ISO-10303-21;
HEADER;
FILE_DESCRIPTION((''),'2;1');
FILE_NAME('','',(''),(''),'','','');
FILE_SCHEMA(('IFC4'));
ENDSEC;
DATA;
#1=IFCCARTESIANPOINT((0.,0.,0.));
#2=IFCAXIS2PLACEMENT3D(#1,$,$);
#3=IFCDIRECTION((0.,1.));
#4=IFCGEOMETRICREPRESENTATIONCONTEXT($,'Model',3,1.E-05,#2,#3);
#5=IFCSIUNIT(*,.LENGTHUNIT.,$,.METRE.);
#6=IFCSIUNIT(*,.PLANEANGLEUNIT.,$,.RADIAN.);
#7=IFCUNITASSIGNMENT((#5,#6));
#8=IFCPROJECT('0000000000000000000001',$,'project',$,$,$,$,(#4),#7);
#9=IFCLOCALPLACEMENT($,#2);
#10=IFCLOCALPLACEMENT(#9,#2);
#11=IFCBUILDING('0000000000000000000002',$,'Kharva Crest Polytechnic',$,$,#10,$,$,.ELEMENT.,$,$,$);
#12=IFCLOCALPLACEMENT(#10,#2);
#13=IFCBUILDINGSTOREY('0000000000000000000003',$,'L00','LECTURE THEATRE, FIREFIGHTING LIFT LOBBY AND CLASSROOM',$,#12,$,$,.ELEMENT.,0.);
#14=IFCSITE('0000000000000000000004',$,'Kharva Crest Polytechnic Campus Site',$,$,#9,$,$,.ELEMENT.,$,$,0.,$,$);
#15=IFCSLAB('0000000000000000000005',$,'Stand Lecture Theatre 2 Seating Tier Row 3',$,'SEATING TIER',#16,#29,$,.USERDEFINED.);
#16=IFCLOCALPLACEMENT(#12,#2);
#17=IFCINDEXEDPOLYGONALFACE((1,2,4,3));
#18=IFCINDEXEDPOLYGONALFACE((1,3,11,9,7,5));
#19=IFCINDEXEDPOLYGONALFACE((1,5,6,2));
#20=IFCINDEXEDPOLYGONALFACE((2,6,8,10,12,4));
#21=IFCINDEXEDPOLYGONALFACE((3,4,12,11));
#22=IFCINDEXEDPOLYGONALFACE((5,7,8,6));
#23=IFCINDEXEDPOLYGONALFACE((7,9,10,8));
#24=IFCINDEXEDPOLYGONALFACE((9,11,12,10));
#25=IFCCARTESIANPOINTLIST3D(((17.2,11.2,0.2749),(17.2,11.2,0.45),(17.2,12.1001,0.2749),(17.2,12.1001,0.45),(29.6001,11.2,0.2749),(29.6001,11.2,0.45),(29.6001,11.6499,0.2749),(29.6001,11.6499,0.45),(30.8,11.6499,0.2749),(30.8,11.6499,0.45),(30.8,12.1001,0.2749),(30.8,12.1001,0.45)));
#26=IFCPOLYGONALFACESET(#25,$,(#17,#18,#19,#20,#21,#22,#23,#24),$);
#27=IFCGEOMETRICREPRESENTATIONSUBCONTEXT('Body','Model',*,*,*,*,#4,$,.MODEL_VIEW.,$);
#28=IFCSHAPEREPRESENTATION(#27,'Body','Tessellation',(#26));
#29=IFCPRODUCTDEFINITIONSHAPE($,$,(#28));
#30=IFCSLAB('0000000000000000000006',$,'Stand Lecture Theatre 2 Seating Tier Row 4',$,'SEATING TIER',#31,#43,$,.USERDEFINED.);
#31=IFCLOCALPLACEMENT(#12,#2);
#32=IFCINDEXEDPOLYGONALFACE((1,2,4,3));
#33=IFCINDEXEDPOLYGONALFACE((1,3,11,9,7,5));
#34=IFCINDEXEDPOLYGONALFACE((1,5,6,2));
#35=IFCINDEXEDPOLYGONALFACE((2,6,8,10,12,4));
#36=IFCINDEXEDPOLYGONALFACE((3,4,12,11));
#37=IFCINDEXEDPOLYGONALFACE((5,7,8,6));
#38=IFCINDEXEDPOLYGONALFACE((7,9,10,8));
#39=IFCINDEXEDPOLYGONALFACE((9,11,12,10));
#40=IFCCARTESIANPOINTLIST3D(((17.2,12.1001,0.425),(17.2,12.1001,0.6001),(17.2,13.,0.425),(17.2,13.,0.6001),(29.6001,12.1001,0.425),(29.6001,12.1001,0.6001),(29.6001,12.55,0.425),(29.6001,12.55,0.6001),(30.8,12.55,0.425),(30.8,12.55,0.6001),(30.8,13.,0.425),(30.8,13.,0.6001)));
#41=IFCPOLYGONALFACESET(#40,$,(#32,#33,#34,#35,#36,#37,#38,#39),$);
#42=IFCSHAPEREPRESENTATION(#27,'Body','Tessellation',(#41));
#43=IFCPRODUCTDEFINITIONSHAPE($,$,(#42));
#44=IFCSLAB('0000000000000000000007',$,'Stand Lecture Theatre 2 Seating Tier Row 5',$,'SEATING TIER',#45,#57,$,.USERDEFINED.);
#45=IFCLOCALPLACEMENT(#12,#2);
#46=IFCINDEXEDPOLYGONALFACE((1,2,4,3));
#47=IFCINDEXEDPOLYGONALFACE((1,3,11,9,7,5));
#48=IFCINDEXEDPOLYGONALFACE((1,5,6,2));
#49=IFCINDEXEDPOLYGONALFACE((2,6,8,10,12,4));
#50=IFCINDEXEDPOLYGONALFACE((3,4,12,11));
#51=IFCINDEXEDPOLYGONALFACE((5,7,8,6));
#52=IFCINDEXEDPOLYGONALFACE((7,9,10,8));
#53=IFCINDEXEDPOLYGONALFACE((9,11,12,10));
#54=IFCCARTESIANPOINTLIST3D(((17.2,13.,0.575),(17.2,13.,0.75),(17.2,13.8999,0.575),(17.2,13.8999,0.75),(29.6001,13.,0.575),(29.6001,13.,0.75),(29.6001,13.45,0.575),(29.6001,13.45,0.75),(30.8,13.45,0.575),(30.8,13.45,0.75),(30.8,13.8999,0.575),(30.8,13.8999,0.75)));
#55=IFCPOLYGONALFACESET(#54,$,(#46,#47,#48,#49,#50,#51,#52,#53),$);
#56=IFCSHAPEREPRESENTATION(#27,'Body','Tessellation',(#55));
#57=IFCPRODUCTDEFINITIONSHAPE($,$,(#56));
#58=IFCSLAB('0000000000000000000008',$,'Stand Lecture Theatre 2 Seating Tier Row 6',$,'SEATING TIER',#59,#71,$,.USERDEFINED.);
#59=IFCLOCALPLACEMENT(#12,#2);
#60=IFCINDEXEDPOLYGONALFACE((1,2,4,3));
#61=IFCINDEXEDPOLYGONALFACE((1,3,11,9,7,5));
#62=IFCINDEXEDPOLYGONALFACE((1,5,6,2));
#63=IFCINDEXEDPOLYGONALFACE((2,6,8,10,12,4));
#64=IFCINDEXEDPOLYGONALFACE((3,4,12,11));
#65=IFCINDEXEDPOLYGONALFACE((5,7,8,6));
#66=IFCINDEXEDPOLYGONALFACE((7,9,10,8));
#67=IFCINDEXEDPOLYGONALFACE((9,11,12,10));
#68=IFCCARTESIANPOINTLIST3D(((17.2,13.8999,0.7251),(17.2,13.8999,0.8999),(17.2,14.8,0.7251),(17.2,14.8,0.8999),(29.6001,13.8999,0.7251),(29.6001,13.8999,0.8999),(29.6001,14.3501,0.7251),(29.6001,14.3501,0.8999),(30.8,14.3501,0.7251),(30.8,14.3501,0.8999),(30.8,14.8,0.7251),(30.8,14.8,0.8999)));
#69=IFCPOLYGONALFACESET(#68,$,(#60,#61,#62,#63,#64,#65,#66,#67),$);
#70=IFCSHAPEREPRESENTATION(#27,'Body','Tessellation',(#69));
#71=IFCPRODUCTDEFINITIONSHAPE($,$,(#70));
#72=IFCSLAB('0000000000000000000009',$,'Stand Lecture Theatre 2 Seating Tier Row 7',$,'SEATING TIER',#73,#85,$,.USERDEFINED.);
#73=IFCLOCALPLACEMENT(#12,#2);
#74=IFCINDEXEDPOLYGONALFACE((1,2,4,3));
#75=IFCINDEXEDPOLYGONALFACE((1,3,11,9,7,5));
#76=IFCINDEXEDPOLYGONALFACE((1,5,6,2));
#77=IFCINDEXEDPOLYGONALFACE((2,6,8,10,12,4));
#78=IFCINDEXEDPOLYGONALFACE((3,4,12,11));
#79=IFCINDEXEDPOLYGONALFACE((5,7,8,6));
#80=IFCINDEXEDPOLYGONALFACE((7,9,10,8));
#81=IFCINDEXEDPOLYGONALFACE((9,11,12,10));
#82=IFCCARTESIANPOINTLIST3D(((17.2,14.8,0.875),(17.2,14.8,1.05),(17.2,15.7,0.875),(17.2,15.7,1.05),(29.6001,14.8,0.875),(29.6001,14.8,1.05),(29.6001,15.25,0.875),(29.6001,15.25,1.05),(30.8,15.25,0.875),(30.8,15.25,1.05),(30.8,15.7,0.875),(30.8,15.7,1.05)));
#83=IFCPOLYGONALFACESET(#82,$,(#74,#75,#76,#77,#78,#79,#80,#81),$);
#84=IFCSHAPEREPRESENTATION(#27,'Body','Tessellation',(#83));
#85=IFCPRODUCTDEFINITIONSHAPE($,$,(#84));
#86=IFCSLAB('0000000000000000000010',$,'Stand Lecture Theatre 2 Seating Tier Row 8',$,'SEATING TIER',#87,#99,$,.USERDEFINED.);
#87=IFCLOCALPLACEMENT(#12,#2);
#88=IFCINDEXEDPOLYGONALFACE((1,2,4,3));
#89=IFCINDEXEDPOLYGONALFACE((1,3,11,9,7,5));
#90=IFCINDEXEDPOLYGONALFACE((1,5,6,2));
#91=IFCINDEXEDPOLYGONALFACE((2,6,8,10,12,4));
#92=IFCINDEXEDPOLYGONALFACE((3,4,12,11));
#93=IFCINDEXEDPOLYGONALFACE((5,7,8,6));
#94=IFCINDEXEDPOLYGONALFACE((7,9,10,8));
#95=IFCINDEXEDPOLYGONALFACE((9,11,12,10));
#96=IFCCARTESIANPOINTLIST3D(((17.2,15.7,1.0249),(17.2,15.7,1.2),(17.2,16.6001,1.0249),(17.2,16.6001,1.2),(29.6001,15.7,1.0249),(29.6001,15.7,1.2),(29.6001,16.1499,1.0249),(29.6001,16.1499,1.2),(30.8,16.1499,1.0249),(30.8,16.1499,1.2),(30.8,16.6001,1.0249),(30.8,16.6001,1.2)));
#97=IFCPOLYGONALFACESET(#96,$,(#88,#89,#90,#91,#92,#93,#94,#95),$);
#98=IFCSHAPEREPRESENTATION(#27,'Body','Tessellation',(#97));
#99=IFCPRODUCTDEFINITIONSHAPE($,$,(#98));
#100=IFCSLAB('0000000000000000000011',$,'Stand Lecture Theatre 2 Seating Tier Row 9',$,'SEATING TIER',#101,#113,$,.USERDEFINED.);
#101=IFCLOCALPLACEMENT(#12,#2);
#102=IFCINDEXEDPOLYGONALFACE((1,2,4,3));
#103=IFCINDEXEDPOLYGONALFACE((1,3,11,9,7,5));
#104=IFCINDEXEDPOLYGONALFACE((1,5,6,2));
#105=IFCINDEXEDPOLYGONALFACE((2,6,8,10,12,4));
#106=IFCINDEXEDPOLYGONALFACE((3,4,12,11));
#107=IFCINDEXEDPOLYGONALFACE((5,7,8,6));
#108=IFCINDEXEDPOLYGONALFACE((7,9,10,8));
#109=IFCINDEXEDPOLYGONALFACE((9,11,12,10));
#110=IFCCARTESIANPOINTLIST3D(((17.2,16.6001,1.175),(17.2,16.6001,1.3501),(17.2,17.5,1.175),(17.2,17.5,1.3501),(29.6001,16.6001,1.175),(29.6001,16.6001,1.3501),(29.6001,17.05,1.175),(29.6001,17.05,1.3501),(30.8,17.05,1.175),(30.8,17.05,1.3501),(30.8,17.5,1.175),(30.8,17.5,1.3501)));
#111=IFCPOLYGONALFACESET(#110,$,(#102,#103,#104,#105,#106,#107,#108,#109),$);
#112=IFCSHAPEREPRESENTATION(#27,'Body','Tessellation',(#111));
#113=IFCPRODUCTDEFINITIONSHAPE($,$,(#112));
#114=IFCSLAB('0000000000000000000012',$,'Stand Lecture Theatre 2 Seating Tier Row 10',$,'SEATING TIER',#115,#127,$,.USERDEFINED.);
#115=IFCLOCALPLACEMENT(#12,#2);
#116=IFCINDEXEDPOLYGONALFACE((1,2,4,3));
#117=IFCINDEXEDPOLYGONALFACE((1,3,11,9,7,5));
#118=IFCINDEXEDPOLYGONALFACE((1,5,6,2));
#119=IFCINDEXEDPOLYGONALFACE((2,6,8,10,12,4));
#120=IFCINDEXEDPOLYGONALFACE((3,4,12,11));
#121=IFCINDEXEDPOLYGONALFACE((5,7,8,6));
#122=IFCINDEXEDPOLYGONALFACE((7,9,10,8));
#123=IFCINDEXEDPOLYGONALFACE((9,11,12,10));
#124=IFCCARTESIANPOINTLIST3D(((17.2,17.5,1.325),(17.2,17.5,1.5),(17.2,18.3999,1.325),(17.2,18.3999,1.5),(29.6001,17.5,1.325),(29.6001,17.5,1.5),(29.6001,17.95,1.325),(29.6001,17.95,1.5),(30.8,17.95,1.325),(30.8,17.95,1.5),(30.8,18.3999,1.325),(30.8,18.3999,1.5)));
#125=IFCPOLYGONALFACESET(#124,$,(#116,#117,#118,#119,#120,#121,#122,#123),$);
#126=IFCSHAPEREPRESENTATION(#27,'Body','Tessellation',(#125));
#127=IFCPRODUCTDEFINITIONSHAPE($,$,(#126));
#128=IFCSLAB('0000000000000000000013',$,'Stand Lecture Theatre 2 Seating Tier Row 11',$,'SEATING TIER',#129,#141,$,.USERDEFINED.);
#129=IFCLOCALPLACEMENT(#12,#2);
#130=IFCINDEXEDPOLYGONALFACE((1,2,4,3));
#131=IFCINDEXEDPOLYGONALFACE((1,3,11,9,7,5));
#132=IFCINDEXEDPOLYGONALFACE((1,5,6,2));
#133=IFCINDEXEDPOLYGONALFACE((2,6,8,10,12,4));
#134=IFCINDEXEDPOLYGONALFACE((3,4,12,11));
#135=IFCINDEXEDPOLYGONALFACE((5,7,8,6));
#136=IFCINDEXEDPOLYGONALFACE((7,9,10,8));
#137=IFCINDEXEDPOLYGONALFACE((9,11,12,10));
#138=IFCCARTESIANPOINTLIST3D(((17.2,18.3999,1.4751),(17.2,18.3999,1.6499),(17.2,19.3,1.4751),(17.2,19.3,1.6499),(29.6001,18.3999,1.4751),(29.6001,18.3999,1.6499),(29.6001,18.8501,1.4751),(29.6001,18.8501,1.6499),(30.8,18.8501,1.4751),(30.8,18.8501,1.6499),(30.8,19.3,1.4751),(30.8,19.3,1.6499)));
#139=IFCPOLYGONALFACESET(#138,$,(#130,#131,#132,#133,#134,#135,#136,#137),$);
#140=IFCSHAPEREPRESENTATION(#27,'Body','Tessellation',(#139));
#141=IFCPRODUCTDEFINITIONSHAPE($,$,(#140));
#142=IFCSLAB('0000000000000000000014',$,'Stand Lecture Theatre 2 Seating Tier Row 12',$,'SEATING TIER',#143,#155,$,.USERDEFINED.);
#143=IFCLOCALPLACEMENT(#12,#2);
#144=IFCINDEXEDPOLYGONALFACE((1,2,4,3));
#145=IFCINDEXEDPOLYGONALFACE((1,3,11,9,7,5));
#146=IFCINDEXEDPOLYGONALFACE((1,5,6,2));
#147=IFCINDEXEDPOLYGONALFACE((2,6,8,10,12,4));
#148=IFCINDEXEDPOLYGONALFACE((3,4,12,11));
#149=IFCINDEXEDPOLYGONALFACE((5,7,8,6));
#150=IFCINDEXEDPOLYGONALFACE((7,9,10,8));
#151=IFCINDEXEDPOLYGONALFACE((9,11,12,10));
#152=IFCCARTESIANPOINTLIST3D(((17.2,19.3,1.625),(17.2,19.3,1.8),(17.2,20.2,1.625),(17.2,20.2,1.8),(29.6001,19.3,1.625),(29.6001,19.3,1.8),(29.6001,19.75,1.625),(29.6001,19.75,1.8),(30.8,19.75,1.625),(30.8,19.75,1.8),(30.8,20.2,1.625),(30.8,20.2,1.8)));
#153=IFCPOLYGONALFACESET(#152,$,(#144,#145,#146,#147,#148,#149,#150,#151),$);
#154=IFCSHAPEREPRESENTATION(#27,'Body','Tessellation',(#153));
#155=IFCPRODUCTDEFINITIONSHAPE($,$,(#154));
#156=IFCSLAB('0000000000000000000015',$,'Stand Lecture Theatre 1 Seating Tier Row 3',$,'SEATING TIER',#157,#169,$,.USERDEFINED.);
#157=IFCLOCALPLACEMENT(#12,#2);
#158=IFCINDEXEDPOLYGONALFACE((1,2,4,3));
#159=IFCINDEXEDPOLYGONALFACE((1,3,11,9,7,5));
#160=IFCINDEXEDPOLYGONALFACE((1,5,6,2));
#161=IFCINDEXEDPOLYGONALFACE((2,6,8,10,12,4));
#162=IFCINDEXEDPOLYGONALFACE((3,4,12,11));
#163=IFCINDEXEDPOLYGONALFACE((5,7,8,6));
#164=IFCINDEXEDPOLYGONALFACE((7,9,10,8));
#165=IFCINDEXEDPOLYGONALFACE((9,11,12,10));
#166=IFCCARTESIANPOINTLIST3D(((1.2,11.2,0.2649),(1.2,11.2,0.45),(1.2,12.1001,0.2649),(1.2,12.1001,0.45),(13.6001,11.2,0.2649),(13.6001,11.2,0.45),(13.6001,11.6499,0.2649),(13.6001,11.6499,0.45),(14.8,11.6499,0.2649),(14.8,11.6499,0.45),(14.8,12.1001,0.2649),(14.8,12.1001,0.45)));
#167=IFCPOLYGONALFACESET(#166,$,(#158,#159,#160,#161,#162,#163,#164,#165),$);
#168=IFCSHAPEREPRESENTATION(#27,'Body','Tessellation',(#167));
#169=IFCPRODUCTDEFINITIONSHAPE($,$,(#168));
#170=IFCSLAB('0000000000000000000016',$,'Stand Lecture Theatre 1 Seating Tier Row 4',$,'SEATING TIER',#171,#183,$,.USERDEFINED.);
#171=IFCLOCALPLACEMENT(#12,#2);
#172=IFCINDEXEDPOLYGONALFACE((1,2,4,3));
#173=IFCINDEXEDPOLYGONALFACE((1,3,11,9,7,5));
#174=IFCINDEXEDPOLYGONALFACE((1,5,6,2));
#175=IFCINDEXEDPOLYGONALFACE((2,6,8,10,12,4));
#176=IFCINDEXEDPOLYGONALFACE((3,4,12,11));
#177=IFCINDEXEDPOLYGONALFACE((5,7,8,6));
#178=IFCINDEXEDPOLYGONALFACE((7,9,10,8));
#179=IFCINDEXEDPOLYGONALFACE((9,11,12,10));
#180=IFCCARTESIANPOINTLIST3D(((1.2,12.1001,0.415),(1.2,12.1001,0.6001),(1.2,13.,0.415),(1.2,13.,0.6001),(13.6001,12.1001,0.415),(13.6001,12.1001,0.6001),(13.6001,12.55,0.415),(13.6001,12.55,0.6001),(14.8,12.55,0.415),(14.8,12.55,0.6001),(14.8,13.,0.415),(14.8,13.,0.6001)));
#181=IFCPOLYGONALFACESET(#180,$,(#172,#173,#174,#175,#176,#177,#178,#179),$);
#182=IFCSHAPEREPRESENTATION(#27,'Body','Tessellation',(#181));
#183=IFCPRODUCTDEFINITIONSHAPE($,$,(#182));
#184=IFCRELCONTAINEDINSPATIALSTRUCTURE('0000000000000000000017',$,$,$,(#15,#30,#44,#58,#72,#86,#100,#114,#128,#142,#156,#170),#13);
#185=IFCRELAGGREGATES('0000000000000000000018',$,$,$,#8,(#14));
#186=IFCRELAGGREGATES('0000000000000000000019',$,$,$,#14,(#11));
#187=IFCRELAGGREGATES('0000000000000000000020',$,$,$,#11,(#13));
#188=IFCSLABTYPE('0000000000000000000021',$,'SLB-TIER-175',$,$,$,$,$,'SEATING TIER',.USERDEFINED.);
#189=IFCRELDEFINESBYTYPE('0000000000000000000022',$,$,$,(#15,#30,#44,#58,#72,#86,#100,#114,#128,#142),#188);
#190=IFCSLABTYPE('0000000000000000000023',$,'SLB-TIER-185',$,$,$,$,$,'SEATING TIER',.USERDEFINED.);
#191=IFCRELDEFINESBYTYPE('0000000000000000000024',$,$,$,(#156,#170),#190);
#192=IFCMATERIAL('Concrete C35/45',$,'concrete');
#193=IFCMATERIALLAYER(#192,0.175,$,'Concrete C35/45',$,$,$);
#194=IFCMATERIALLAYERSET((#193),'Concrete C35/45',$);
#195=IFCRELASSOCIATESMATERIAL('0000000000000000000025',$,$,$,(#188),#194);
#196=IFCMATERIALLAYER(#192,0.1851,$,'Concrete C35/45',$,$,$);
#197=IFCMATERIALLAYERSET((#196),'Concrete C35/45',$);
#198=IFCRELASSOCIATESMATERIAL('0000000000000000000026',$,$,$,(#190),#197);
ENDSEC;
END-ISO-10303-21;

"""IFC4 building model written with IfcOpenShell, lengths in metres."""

from ifc_helpers import new_model, si_unit, direction, frame, origin, place, context, subcontext, project, spatial, polyline, outline, extrude, material, layer, layer_set, type_object, element, save


model = new_model("IFC4")

# Units and contexts
model_context = context("Model", 3, precision=1e-05, world=origin(), true_north=direction((0.0, 1.0)))
body_context = subcontext(model_context, "Body", "Model", "MODEL_VIEW")
ifc_project = project(units=[si_unit("LENGTHUNIT", "METRE"), si_unit("PLANEANGLEUNIT", "RADIAN")], contexts=[model_context])

# Site, building, storey
site_placement = place(None, origin())
site = spatial("IfcSite", under=ifc_project, at=site_placement, Name="Kharva Crest Polytechnic Campus Site", CompositionType="ELEMENT", RefElevation=0.0)
building_placement = place(site_placement, origin())
building = spatial("IfcBuilding", under=site, at=building_placement, Name="Kharva Crest Polytechnic", CompositionType="ELEMENT")
storey_placement = place(building_placement, origin())
storey = spatial("IfcBuildingStorey", under=building, at=storey_placement, Name="L00", Description="LECTURE THEATRE, FIREFIGHTING LIFT LOBBY AND CLASSROOM", CompositionType="ELEMENT", Elevation=0.0)

# Shared definitions
ifc_material = material(Name="Concrete C35/45", Category="concrete")

# Slabs
ifc_layer_1 = layer(ifc_material, 0.175, Name="Concrete C35/45")
ifc_layer_set_1 = layer_set([ifc_layer_1], Name="Concrete C35/45")
slab_type_1 = type_object("IfcSlabType", Name="SLB-TIER-175", ElementType="SEATING TIER", PredefinedType="USERDEFINED", material=ifc_layer_set_1)
slab_1_placement = place(storey_placement, frame((0.0, 0.0, 0.2749)))
element("IfcSlab", 1, at=slab_1_placement, inside=storey, type_object=slab_type_1, Name="Stand Lecture Theatre 2 Seating Tier Row 3", ObjectType="SEATING TIER", PredefinedType="USERDEFINED", context=body_context, shape_type="SweptSolid", body=[
    extrude(outline(polyline([(17.2, 11.2), (29.6001, 11.2), (29.6001, 11.6499), (30.8, 11.6499), (30.8, 12.1001), (17.2, 12.1001), (17.2, 11.2)])), origin(), (0.0, 0.0, 1.0), 0.175),
])
slab_2_placement = place(storey_placement, frame((0.0, 0.0, 0.425)))
element("IfcSlab", 2, at=slab_2_placement, inside=storey, type_object=slab_type_1, Name="Stand Lecture Theatre 2 Seating Tier Row 4", ObjectType="SEATING TIER", PredefinedType="USERDEFINED", context=body_context, shape_type="SweptSolid", body=[
    extrude(outline(polyline([(17.2, 12.1001), (29.6001, 12.1001), (29.6001, 12.55), (30.8, 12.55), (30.8, 13.0), (17.2, 13.0), (17.2, 12.1001)])), origin(), (0.0, 0.0, 1.0), 0.175),
])
slab_3_placement = place(storey_placement, frame((0.0, 0.0, 0.575)))
element("IfcSlab", 3, at=slab_3_placement, inside=storey, type_object=slab_type_1, Name="Stand Lecture Theatre 2 Seating Tier Row 5", ObjectType="SEATING TIER", PredefinedType="USERDEFINED", context=body_context, shape_type="SweptSolid", body=[
    extrude(outline(polyline([(17.2, 13.0), (29.6001, 13.0), (29.6001, 13.45), (30.8, 13.45), (30.8, 13.8999), (17.2, 13.8999), (17.2, 13.0)])), origin(), (0.0, 0.0, 1.0), 0.175),
])
slab_4_placement = place(storey_placement, frame((0.0, 0.0, 0.7251)))
element("IfcSlab", 4, at=slab_4_placement, inside=storey, type_object=slab_type_1, Name="Stand Lecture Theatre 2 Seating Tier Row 6", ObjectType="SEATING TIER", PredefinedType="USERDEFINED", context=body_context, shape_type="SweptSolid", body=[
    extrude(outline(polyline([(17.2, 13.8999), (29.6001, 13.8999), (29.6001, 14.3501), (30.8, 14.3501), (30.8, 14.8), (17.2, 14.8), (17.2, 13.8999)])), origin(), (0.0, 0.0, 1.0), 0.1748),
])
slab_5_placement = place(storey_placement, frame((0.0, 0.0, 0.875)))
element("IfcSlab", 5, at=slab_5_placement, inside=storey, type_object=slab_type_1, Name="Stand Lecture Theatre 2 Seating Tier Row 7", ObjectType="SEATING TIER", PredefinedType="USERDEFINED", context=body_context, shape_type="SweptSolid", body=[
    extrude(outline(polyline([(17.2, 14.8), (29.6001, 14.8), (29.6001, 15.25), (30.8, 15.25), (30.8, 15.7), (17.2, 15.7), (17.2, 14.8)])), origin(), (0.0, 0.0, 1.0), 0.175),
])
slab_6_placement = place(storey_placement, frame((0.0, 0.0, 1.0249)))
element("IfcSlab", 6, at=slab_6_placement, inside=storey, type_object=slab_type_1, Name="Stand Lecture Theatre 2 Seating Tier Row 8", ObjectType="SEATING TIER", PredefinedType="USERDEFINED", context=body_context, shape_type="SweptSolid", body=[
    extrude(outline(polyline([(17.2, 15.7), (29.6001, 15.7), (29.6001, 16.1499), (30.8, 16.1499), (30.8, 16.6001), (17.2, 16.6001), (17.2, 15.7)])), origin(), (0.0, 0.0, 1.0), 0.175),
])
slab_7_placement = place(storey_placement, frame((0.0, 0.0, 1.175)))
element("IfcSlab", 7, at=slab_7_placement, inside=storey, type_object=slab_type_1, Name="Stand Lecture Theatre 2 Seating Tier Row 9", ObjectType="SEATING TIER", PredefinedType="USERDEFINED", context=body_context, shape_type="SweptSolid", body=[
    extrude(outline(polyline([(17.2, 16.6001), (29.6001, 16.6001), (29.6001, 17.05), (30.8, 17.05), (30.8, 17.5), (17.2, 17.5), (17.2, 16.6001)])), origin(), (0.0, 0.0, 1.0), 0.175),
])
slab_8_placement = place(storey_placement, frame((0.0, 0.0, 1.325)))
element("IfcSlab", 8, at=slab_8_placement, inside=storey, type_object=slab_type_1, Name="Stand Lecture Theatre 2 Seating Tier Row 10", ObjectType="SEATING TIER", PredefinedType="USERDEFINED", context=body_context, shape_type="SweptSolid", body=[
    extrude(outline(polyline([(17.2, 17.5), (29.6001, 17.5), (29.6001, 17.95), (30.8, 17.95), (30.8, 18.3999), (17.2, 18.3999), (17.2, 17.5)])), origin(), (0.0, 0.0, 1.0), 0.175),
])
slab_9_placement = place(storey_placement, frame((0.0, 0.0, 1.4751)))
element("IfcSlab", 9, at=slab_9_placement, inside=storey, type_object=slab_type_1, Name="Stand Lecture Theatre 2 Seating Tier Row 11", ObjectType="SEATING TIER", PredefinedType="USERDEFINED", context=body_context, shape_type="SweptSolid", body=[
    extrude(outline(polyline([(17.2, 18.3999), (29.6001, 18.3999), (29.6001, 18.8501), (30.8, 18.8501), (30.8, 19.3), (17.2, 19.3), (17.2, 18.3999)])), origin(), (0.0, 0.0, 1.0), 0.1748),
])
slab_10_placement = place(storey_placement, frame((0.0, 0.0, 1.625)))
element("IfcSlab", 10, at=slab_10_placement, inside=storey, type_object=slab_type_1, Name="Stand Lecture Theatre 2 Seating Tier Row 12", ObjectType="SEATING TIER", PredefinedType="USERDEFINED", context=body_context, shape_type="SweptSolid", body=[
    extrude(outline(polyline([(17.2, 19.3), (29.6001, 19.3), (29.6001, 19.75), (30.8, 19.75), (30.8, 20.2), (17.2, 20.2), (17.2, 19.3)])), origin(), (0.0, 0.0, 1.0), 0.175),
])
ifc_layer_2 = layer(ifc_material, 0.1851, Name="Concrete C35/45")
ifc_layer_set_2 = layer_set([ifc_layer_2], Name="Concrete C35/45")
slab_type_2 = type_object("IfcSlabType", Name="SLB-TIER-185", ElementType="SEATING TIER", PredefinedType="USERDEFINED", material=ifc_layer_set_2)
slab_11_placement = place(storey_placement, frame((0.0, 0.0, 0.2649)))
element("IfcSlab", 11, at=slab_11_placement, inside=storey, type_object=slab_type_2, Name="Stand Lecture Theatre 1 Seating Tier Row 3", ObjectType="SEATING TIER", PredefinedType="USERDEFINED", context=body_context, shape_type="SweptSolid", body=[
    extrude(outline(polyline([(1.2, 11.2), (13.6001, 11.2), (13.6001, 11.6499), (14.8, 11.6499), (14.8, 12.1001), (1.2, 12.1001), (1.2, 11.2)])), origin(), (0.0, 0.0, 1.0), 0.1851),
])
slab_12_placement = place(storey_placement, frame((0.0, 0.0, 0.415)))
element("IfcSlab", 12, at=slab_12_placement, inside=storey, type_object=slab_type_2, Name="Stand Lecture Theatre 1 Seating Tier Row 4", ObjectType="SEATING TIER", PredefinedType="USERDEFINED", context=body_context, shape_type="SweptSolid", body=[
    extrude(outline(polyline([(1.2, 12.1001), (13.6001, 12.1001), (13.6001, 12.55), (14.8, 12.55), (14.8, 13.0), (1.2, 13.0), (1.2, 12.1001)])), origin(), (0.0, 0.0, 1.0), 0.1851),
])

save(model, "model.ifc")
